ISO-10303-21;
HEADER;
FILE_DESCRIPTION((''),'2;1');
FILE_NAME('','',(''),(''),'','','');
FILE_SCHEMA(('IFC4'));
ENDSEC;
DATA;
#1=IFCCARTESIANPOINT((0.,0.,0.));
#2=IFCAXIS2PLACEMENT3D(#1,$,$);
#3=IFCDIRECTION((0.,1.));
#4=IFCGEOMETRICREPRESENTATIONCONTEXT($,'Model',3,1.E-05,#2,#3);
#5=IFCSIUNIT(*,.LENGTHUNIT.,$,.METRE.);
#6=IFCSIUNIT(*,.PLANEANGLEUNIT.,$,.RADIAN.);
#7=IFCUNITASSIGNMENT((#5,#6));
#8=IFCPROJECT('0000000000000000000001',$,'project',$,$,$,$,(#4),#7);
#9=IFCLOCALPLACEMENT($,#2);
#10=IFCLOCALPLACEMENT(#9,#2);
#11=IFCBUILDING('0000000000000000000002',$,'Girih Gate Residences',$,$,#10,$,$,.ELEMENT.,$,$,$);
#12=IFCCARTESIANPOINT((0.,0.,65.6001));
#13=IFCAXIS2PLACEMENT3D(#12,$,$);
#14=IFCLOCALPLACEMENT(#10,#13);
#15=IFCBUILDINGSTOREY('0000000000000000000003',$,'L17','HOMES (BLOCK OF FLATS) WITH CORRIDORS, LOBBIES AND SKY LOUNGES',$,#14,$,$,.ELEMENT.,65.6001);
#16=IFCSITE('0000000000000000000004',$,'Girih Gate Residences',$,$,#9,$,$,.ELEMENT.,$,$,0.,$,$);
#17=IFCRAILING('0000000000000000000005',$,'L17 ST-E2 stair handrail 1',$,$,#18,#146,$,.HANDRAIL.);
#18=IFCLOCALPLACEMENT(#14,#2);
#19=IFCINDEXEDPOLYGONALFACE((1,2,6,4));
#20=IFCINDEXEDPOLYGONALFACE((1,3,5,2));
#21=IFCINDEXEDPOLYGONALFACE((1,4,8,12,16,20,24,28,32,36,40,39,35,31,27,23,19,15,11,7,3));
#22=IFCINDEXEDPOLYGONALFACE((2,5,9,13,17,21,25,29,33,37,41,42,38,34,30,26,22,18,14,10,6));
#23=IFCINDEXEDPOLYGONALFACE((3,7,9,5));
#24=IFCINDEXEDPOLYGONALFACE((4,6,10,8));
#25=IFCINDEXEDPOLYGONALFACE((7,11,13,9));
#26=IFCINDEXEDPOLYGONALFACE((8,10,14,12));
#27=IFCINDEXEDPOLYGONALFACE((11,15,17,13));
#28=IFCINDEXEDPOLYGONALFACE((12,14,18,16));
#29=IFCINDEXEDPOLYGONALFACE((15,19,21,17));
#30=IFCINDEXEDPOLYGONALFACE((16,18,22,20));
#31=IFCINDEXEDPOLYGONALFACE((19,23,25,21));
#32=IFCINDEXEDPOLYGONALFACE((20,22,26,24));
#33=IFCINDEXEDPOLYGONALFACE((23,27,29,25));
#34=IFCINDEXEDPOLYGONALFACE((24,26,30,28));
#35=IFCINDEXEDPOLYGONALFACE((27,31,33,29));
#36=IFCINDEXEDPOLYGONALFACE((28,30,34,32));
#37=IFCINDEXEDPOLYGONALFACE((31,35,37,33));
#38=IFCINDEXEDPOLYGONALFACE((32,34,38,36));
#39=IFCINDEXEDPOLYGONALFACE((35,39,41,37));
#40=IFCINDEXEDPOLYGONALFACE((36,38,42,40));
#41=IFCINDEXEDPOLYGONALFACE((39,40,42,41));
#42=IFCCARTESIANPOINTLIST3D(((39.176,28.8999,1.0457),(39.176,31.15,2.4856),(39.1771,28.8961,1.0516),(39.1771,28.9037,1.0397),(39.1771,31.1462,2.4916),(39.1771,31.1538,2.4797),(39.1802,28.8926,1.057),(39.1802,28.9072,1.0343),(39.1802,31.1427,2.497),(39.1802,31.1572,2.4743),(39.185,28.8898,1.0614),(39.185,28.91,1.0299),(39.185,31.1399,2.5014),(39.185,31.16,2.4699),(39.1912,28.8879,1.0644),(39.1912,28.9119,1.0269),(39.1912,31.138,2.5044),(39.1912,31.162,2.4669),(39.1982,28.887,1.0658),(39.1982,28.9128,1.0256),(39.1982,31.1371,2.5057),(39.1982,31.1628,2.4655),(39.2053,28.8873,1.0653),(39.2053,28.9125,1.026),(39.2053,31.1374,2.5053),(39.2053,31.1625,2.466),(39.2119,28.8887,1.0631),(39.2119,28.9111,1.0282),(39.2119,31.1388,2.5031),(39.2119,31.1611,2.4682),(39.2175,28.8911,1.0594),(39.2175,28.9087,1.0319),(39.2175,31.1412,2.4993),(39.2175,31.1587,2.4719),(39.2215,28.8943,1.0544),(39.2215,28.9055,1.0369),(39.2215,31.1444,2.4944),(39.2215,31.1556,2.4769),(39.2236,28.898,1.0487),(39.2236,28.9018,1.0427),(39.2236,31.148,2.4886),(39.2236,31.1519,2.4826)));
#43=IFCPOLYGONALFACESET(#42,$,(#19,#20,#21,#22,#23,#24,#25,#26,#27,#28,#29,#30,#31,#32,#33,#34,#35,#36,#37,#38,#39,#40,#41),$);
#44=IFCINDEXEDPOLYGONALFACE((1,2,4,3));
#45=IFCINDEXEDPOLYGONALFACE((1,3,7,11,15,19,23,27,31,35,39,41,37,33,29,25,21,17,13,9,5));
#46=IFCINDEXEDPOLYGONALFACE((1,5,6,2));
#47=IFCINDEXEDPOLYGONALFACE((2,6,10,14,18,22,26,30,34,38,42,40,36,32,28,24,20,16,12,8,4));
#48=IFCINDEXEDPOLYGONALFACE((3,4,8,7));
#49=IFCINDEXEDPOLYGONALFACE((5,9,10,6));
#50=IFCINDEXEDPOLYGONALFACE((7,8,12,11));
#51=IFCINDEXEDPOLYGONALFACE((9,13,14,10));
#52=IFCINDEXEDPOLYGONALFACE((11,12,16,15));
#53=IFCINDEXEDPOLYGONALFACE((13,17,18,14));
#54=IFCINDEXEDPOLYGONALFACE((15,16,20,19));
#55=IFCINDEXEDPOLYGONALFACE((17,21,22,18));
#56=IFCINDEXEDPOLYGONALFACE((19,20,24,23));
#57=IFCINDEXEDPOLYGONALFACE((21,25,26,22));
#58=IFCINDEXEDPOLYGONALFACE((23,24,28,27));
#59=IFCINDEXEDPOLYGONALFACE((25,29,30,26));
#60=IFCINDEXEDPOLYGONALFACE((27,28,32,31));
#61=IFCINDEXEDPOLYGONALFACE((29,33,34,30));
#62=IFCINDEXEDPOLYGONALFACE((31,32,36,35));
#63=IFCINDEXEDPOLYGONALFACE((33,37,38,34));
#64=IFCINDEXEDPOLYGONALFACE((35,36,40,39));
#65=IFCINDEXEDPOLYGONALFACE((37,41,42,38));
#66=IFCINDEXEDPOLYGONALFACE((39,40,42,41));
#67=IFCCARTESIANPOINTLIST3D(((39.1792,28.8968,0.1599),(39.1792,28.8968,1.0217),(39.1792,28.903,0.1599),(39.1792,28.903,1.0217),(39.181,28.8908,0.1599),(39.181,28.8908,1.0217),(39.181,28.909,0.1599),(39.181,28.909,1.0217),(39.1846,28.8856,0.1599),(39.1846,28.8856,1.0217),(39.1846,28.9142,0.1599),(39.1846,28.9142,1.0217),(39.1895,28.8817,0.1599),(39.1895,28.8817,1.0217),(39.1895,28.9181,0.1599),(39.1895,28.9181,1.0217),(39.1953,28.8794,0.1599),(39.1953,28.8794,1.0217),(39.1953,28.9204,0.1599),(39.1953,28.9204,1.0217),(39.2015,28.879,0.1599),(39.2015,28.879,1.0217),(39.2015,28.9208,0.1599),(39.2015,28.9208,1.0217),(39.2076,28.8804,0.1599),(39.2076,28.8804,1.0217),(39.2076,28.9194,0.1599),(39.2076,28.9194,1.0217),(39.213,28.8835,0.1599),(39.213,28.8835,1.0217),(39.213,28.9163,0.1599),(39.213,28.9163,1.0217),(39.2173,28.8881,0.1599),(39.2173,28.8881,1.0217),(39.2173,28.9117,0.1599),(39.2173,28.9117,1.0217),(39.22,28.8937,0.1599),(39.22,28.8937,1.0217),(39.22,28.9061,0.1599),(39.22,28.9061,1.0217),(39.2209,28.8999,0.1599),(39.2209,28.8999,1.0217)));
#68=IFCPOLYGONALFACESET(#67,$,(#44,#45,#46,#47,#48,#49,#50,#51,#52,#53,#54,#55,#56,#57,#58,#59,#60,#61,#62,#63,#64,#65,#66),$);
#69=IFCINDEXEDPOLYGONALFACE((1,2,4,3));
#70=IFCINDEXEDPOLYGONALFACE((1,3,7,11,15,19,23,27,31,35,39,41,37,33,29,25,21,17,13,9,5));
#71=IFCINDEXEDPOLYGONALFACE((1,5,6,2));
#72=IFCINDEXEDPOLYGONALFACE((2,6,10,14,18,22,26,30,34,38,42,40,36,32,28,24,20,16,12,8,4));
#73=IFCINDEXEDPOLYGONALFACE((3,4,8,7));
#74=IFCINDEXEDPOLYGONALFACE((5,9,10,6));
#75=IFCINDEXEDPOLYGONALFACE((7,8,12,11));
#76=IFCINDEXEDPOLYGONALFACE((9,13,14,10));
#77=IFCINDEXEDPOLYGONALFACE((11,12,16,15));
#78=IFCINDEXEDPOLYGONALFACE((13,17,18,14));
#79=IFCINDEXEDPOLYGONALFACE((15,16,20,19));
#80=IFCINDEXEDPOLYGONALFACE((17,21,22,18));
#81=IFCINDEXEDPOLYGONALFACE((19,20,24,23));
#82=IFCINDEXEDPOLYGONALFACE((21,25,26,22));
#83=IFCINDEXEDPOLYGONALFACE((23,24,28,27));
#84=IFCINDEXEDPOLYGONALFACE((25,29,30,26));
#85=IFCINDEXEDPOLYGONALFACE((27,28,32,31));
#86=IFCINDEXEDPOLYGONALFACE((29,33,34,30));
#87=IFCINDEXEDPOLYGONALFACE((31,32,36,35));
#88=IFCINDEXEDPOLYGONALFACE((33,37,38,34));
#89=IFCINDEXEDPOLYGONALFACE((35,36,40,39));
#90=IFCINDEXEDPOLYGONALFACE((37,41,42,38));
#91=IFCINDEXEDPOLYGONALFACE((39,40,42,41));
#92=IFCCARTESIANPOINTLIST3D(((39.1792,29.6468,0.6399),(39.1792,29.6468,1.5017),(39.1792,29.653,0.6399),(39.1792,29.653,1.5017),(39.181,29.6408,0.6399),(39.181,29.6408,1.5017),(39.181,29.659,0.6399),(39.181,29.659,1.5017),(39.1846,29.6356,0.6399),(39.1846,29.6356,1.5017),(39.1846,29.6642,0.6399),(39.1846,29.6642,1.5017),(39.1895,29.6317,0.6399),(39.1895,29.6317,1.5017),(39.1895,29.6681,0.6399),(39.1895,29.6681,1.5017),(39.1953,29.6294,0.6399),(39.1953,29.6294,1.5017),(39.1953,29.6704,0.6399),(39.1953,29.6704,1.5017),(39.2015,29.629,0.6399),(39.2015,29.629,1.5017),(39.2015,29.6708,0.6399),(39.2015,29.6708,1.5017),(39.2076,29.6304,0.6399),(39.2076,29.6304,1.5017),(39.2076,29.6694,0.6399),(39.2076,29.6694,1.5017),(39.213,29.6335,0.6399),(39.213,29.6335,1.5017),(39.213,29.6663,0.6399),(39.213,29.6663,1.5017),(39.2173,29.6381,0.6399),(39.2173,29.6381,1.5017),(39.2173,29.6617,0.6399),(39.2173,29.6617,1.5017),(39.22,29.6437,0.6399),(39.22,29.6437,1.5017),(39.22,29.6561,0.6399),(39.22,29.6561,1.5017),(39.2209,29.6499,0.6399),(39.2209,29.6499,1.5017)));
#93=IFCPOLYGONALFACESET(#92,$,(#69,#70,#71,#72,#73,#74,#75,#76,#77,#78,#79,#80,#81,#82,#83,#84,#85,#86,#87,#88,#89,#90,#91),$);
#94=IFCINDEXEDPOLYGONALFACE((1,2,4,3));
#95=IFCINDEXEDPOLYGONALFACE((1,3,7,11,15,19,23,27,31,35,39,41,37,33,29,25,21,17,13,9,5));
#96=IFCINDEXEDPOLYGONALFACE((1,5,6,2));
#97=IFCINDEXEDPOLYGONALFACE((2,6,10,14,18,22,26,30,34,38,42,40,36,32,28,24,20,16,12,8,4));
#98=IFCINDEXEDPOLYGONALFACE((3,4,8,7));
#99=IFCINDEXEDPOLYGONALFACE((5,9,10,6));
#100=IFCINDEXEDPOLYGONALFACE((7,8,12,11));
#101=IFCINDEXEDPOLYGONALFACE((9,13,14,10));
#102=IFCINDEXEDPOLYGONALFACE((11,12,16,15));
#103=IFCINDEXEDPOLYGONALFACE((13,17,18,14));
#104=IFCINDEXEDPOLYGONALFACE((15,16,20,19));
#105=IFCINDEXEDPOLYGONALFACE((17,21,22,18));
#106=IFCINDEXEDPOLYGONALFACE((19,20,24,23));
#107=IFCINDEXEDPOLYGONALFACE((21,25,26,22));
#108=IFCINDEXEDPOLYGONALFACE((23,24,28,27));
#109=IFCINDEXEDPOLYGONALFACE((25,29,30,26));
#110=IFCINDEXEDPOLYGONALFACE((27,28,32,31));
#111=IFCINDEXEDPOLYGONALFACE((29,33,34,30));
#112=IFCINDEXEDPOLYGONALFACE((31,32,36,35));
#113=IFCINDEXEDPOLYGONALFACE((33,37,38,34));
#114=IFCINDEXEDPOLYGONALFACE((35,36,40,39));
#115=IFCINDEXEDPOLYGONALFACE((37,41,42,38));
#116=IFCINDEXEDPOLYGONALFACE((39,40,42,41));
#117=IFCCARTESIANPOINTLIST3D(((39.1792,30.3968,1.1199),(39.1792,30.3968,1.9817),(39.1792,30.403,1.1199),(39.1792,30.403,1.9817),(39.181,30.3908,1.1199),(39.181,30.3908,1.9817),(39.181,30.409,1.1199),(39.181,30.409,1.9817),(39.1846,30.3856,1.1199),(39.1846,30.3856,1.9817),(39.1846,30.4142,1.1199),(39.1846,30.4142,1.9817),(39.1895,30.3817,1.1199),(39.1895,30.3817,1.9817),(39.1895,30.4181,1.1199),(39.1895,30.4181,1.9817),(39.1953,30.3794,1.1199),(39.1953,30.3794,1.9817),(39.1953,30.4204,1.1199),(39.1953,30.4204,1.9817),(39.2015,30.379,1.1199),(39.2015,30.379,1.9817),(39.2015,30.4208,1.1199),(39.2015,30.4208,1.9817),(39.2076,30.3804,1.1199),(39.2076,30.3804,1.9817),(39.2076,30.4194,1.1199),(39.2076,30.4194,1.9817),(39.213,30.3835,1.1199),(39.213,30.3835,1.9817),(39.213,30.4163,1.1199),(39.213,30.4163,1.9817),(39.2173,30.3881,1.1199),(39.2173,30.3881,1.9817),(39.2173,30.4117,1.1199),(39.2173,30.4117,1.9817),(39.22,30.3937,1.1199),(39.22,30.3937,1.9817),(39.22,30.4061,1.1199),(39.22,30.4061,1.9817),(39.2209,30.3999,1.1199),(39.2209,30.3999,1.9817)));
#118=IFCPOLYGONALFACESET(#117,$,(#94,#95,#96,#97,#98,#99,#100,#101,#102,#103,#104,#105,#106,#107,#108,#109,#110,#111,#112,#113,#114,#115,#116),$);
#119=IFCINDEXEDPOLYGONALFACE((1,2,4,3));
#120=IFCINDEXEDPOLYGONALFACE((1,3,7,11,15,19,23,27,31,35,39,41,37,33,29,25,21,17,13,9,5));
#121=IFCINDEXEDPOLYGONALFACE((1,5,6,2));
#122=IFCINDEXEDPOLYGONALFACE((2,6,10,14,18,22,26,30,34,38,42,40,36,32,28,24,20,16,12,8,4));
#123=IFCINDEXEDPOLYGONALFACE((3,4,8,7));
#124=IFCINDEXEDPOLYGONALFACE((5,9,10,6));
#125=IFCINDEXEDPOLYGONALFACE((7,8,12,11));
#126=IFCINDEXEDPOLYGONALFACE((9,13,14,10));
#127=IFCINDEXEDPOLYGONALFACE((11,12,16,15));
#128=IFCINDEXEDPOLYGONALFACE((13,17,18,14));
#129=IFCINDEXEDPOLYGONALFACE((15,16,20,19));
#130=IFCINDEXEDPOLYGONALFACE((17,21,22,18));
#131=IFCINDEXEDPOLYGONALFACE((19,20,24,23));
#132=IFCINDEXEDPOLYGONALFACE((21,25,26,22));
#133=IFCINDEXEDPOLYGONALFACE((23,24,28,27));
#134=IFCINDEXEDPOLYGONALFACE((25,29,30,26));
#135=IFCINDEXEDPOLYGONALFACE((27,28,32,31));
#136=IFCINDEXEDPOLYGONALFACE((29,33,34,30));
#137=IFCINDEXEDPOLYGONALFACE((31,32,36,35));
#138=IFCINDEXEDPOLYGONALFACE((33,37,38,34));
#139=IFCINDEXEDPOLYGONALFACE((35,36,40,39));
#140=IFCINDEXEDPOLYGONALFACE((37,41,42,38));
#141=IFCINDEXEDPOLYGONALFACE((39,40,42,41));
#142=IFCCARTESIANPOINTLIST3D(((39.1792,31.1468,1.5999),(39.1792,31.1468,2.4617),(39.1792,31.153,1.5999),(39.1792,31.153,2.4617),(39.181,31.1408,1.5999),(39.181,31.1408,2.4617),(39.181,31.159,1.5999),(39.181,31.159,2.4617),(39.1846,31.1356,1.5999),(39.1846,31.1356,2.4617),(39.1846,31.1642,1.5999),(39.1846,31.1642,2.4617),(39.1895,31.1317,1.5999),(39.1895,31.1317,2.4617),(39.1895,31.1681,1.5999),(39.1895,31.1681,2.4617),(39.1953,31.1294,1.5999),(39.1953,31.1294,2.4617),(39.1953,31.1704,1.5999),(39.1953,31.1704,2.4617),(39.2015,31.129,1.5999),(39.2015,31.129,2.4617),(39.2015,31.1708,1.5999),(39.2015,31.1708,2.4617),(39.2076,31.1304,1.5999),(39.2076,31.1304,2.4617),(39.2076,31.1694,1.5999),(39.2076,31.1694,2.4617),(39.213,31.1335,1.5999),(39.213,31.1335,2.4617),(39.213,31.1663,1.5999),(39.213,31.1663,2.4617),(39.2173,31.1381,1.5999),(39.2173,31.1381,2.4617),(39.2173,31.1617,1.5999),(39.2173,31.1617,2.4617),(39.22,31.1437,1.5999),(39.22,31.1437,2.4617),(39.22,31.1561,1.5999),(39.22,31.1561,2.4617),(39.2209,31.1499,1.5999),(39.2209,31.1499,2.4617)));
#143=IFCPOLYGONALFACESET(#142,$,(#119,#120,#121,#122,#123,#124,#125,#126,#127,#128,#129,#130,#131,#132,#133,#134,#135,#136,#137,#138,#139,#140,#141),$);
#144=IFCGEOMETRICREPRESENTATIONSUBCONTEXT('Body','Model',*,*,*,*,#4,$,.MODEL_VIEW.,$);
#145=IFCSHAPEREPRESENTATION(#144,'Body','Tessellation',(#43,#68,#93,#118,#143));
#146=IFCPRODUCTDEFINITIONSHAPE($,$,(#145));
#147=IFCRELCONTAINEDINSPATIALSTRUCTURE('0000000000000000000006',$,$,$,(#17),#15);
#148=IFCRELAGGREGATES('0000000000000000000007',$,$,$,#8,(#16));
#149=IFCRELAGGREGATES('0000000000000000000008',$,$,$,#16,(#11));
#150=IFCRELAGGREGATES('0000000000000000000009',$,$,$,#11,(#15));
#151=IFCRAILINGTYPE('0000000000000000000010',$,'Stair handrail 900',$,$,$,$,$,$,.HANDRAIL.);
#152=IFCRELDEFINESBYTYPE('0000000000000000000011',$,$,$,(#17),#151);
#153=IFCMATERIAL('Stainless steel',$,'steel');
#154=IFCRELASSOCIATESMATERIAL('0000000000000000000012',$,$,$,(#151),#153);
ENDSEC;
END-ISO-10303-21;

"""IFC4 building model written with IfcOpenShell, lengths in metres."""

from ifc_helpers import new_model, si_unit, direction, frame, origin, origin_2d, place, context, subcontext, project, spatial, circle, extrude, material, type_object, element, save


model = new_model("IFC4")

# Units and contexts
model_context = context("Model", 3, precision=1e-05, world=origin(), true_north=direction((0.0, 1.0)))
body_context = subcontext(model_context, "Body", "Model", "MODEL_VIEW")
ifc_project = project(units=[si_unit("LENGTHUNIT", "METRE"), si_unit("PLANEANGLEUNIT", "RADIAN")], contexts=[model_context])

# Site, building, storey
site_placement = place(None, origin())
site = spatial("IfcSite", under=ifc_project, at=site_placement, Name="Girih Gate Residences", CompositionType="ELEMENT", RefElevation=0.0)
building_placement = place(site_placement, origin())
building = spatial("IfcBuilding", under=site, at=building_placement, Name="Girih Gate Residences", CompositionType="ELEMENT")
storey_placement = place(building_placement, frame((0.0, 0.0, 65.6001)))
storey = spatial("IfcBuildingStorey", under=building, at=storey_placement, Name="L17", Description="HOMES (BLOCK OF FLATS) WITH CORRIDORS, LOBBIES AND SKY LOUNGES", CompositionType="ELEMENT", Elevation=65.6001)

# Railing
ifc_material_1 = material(Name="Stainless steel", Category="steel")
railing_type_1 = type_object("IfcRailingType", Name="Stair handrail 900", PredefinedType="HANDRAIL", material=ifc_material_1)
railing_1_placement = place(storey_placement, frame((39.2, 28.8999, 0.1599)))
element("IfcRailing", 1, at=railing_1_placement, inside=storey, type_object=railing_type_1, Name="L17 ST-E2 stair handrail 1", PredefinedType="HANDRAIL", context=body_context, shape_type="SweptSolid", body=[
    extrude(circle(Radius=0.0239, at=origin_2d()), frame((0.0, 0.0, 0.8857), z_axis=(0.0, 0.842281, 0.539038), x_axis=(-1.0, 0.0, 0.0)), (0.0, 0.0, 1.0), 2.6714),
    extrude(circle(Radius=0.021, at=origin_2d()), origin(), (0.0, 0.0, 1.0), 0.8618),
    extrude(circle(Radius=0.021, at=origin_2d()), frame((0.0, 0.75, 0.48)), (0.0, 0.0, 1.0), 0.8618),
    extrude(circle(Radius=0.021, at=origin_2d()), frame((0.0, 1.5, 0.96)), (0.0, 0.0, 1.0), 0.8618),
    extrude(circle(Radius=0.021, at=origin_2d()), frame((0.0, 2.25, 1.4399)), (0.0, 0.0, 1.0), 0.8618),
])

save(model, "model.ifc")
